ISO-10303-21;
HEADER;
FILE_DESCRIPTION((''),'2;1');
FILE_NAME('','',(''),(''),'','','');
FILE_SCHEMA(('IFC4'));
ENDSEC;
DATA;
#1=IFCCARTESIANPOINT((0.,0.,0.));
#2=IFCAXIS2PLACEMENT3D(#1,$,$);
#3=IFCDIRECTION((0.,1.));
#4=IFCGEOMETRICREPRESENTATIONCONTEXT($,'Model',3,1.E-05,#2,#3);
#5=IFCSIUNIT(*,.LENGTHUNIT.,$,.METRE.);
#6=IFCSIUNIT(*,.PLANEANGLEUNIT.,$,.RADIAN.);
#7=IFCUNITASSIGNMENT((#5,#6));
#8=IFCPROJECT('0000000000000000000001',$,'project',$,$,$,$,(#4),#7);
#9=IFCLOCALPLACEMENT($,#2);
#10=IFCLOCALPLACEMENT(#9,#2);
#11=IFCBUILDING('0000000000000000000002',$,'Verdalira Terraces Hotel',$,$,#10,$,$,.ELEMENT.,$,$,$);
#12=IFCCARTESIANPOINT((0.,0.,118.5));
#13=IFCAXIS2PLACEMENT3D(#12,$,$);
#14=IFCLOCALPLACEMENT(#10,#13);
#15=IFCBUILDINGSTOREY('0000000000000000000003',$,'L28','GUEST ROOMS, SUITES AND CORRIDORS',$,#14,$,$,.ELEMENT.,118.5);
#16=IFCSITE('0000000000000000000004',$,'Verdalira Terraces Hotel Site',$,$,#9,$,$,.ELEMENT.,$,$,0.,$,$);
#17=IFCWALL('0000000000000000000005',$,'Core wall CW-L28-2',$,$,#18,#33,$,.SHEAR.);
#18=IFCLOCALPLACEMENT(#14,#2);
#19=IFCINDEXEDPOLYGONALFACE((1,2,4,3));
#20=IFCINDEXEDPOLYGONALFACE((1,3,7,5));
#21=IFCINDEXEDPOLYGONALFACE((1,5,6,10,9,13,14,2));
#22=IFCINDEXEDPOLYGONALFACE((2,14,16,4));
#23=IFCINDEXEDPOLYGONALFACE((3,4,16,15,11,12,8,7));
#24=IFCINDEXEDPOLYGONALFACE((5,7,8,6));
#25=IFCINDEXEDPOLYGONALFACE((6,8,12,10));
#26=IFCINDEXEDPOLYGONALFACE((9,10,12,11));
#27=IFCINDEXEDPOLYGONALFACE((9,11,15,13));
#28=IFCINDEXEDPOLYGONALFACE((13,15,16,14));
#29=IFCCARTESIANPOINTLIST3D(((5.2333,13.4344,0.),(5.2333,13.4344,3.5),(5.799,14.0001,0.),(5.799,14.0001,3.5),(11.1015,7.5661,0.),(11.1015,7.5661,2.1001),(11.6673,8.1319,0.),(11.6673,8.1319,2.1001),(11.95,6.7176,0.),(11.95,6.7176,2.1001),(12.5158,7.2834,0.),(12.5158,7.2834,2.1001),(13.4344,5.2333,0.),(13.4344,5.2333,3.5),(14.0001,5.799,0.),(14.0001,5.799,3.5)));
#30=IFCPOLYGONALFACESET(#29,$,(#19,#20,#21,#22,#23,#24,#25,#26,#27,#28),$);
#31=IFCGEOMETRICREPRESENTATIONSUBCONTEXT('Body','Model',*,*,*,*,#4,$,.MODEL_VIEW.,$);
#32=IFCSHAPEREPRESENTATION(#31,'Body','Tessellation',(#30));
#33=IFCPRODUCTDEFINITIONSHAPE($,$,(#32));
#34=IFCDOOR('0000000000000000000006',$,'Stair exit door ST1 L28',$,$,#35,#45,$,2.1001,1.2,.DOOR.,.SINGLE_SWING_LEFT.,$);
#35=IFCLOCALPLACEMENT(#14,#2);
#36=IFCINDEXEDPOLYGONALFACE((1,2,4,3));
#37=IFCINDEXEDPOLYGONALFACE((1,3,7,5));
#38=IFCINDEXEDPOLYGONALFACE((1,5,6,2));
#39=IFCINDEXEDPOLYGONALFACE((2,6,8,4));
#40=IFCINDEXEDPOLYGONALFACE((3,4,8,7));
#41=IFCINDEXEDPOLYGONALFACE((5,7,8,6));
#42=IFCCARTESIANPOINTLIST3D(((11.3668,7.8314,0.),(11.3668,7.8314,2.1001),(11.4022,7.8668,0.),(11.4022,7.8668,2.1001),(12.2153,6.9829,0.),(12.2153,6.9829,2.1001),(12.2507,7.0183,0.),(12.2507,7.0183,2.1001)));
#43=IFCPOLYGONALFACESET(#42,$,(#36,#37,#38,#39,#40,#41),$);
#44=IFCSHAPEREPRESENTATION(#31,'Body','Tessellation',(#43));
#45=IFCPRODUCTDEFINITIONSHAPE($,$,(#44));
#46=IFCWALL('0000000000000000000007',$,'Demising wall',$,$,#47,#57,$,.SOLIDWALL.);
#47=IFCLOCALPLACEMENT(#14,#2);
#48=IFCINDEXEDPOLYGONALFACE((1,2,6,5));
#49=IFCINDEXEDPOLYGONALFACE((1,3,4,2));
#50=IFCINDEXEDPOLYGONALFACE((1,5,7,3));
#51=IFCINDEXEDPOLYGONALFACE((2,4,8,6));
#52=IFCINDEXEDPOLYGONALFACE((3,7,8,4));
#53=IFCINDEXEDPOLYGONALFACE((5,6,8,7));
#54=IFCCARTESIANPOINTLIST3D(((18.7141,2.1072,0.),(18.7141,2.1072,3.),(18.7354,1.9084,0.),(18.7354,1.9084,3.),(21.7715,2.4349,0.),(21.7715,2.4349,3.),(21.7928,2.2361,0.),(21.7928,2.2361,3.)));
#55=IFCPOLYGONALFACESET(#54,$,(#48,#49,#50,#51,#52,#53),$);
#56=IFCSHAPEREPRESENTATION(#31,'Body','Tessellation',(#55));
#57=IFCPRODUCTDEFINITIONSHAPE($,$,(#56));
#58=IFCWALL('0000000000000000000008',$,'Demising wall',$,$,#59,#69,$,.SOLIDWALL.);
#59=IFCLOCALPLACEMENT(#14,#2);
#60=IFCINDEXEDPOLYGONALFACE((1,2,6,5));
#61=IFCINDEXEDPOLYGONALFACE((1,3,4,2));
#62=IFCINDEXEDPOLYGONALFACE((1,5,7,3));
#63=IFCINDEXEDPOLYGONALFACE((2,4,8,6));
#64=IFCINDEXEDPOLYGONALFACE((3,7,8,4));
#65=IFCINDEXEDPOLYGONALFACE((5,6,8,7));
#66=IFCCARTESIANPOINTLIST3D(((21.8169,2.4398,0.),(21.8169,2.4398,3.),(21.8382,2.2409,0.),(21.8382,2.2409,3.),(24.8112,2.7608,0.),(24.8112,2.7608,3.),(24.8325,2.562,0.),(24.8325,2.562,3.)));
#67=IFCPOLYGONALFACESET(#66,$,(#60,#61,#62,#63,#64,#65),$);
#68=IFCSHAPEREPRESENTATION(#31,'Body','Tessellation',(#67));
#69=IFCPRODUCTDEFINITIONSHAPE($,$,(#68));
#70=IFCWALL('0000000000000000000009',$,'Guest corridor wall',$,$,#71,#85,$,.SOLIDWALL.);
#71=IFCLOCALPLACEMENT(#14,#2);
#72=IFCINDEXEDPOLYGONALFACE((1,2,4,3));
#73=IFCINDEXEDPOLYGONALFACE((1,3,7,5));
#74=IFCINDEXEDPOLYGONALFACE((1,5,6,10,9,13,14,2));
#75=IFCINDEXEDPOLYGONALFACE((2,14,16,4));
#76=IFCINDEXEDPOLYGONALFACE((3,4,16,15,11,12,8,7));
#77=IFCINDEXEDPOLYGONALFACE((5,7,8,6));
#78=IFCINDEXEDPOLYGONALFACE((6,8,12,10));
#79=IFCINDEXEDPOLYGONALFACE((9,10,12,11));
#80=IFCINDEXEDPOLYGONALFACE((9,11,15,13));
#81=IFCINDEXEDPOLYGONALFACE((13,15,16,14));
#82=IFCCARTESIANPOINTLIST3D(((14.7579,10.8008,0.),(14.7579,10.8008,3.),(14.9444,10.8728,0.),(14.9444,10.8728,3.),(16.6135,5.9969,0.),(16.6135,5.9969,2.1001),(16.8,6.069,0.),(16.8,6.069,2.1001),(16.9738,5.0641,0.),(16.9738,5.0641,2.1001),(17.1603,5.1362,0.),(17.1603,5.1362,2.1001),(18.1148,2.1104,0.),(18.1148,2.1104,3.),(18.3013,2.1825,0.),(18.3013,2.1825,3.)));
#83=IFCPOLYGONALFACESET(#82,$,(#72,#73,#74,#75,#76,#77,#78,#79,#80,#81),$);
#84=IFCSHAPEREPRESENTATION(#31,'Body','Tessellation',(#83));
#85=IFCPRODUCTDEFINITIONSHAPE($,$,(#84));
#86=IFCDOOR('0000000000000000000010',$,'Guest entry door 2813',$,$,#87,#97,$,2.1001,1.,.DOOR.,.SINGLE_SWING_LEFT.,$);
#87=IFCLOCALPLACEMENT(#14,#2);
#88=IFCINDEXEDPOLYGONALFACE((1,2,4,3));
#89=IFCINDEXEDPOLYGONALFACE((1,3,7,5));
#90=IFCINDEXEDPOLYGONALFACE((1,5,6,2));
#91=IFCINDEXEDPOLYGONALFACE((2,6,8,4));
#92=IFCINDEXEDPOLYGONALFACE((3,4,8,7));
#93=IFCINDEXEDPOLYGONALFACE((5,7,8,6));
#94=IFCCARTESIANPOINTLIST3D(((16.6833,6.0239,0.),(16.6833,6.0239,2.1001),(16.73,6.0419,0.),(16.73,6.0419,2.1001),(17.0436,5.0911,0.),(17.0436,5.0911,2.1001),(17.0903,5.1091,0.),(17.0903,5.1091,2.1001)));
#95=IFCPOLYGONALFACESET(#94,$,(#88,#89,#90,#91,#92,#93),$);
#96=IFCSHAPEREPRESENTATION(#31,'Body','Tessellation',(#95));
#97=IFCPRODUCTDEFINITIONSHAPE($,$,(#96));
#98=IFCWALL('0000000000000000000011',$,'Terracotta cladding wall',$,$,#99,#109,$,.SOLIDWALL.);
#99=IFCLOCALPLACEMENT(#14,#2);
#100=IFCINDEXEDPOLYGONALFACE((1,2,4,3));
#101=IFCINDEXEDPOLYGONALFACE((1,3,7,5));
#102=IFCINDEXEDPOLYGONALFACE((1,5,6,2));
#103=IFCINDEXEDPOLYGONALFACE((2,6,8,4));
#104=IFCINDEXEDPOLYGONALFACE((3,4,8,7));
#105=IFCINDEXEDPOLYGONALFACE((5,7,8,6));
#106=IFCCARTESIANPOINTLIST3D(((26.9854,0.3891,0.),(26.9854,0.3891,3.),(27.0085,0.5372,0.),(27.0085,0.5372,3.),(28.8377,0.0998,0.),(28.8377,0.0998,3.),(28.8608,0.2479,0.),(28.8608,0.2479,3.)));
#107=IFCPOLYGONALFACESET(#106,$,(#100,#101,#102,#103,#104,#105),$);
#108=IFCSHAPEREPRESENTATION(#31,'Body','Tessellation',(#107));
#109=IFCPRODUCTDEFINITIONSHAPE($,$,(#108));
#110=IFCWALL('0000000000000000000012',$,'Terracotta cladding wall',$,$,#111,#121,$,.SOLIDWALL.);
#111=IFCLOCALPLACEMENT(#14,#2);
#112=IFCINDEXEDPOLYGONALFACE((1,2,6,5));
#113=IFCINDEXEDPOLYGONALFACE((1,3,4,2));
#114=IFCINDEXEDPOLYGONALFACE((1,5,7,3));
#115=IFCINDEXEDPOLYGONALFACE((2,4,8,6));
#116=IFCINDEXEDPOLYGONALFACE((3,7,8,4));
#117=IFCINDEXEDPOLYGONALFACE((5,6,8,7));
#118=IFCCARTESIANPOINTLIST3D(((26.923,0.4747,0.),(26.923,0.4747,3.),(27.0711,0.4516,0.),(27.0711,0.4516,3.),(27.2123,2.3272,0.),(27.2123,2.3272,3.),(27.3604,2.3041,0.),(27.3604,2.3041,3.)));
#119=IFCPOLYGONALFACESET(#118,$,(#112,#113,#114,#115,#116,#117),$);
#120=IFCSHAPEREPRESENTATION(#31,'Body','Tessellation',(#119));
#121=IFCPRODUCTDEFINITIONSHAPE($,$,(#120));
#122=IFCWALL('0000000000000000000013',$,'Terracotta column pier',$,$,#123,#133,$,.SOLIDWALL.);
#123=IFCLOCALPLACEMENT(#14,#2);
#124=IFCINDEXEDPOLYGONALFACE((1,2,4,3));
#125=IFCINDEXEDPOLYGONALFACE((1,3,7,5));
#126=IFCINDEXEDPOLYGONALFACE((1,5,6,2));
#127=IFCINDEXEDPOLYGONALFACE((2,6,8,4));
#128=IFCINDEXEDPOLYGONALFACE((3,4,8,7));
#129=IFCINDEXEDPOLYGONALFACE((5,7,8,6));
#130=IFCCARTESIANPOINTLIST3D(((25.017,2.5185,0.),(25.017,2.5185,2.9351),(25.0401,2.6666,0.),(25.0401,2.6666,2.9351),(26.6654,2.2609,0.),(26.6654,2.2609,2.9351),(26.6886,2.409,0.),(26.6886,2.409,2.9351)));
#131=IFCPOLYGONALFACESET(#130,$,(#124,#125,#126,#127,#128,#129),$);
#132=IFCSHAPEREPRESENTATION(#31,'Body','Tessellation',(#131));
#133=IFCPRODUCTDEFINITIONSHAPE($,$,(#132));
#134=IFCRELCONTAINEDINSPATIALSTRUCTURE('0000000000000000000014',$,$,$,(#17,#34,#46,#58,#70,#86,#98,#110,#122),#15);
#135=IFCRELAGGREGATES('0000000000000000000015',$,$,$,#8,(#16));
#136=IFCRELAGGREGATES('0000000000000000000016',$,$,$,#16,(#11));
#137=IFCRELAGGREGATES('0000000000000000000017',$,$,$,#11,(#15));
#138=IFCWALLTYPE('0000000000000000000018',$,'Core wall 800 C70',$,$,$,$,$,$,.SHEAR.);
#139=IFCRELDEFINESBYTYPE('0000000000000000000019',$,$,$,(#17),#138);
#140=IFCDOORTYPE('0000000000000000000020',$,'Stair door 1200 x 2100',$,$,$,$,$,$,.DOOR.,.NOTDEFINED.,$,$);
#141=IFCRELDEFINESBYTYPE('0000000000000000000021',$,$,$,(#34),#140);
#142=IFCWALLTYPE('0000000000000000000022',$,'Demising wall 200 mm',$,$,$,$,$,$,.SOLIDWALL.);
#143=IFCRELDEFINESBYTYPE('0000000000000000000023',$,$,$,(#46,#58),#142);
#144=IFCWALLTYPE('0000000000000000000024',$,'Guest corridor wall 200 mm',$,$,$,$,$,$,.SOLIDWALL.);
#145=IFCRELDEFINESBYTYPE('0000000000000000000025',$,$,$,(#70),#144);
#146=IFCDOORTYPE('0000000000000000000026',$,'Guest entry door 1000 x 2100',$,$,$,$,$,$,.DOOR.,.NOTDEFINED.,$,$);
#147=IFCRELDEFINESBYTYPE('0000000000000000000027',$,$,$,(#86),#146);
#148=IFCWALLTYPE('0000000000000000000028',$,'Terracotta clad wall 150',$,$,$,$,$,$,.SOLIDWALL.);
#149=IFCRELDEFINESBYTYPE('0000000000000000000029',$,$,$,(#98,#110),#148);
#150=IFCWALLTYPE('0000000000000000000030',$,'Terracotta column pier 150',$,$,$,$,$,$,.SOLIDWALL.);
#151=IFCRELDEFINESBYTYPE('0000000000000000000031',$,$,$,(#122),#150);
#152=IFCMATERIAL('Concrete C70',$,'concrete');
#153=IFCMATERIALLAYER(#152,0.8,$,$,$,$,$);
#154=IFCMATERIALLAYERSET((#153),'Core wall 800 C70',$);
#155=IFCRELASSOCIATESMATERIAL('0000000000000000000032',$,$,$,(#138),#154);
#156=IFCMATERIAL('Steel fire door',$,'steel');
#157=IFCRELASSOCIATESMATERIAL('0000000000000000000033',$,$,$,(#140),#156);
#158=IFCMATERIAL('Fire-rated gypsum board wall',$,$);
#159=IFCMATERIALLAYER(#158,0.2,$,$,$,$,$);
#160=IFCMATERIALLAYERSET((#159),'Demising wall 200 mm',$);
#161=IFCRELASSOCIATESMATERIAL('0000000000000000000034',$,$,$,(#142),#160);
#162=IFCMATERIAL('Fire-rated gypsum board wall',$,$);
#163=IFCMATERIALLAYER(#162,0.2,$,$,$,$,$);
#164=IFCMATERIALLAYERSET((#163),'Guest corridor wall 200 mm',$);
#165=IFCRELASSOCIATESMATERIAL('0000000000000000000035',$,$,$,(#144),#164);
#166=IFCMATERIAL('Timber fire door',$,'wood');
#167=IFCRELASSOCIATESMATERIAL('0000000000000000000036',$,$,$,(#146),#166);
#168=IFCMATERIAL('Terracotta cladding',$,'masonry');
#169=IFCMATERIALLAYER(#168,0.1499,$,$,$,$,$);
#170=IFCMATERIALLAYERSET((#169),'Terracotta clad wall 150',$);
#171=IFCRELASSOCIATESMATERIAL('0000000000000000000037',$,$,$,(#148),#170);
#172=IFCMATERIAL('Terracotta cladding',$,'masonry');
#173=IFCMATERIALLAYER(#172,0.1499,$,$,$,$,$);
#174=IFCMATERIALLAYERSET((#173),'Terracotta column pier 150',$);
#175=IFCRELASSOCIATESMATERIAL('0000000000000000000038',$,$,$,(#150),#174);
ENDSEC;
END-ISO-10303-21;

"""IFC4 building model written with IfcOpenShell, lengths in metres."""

from ifc_helpers import new_model, si_unit, direction, frame, frame_2d, origin, place, context, subcontext, project, spatial, rectangle, extrude, material, layer, layer_set, type_object, element, fill, save


model = new_model("IFC4")

# Units and contexts
model_context = context("Model", 3, precision=1e-05, world=origin(), true_north=direction((0.0, 1.0)))
body_context = subcontext(model_context, "Body", "Model", "MODEL_VIEW")
ifc_project = project(units=[si_unit("LENGTHUNIT", "METRE"), si_unit("PLANEANGLEUNIT", "RADIAN")], contexts=[model_context])

# Site, building, storey
site_placement = place(None, origin())
site = spatial("IfcSite", under=ifc_project, at=site_placement, Name="Verdalira Terraces Hotel Site", CompositionType="ELEMENT", RefElevation=0.0)
building_placement = place(site_placement, origin())
building = spatial("IfcBuilding", under=site, at=building_placement, Name="Verdalira Terraces Hotel", CompositionType="ELEMENT")
storey_placement = place(building_placement, frame((0.0, 0.0, 118.5)))
storey = spatial("IfcBuildingStorey", under=building, at=storey_placement, Name="L28", Description="GUEST ROOMS, SUITES AND CORRIDORS", CompositionType="ELEMENT", Elevation=118.5)

# Wall, opening, door
ifc_material_1 = material(Name="Concrete C70", Category="concrete")
ifc_layer_1 = layer(ifc_material_1, 0.8)
ifc_layer_set_1 = layer_set([ifc_layer_1], Name="Core wall 800 C70")
wall_type_1 = type_object("IfcWallType", Name="Core wall 800 C70", PredefinedType="SHEAR", material=ifc_layer_set_1)
wall_1_placement = place(storey_placement, frame((13.7173, 5.5161, 0.0), z_axis=(0.0, 0.0, 1.0), x_axis=(-0.707107, 0.707107, 0.0)))
wall_1 = element("IfcWall", 1, at=wall_1_placement, inside=storey, type_object=wall_type_1, Name="Core wall CW-L28-2", PredefinedType="SHEAR", context=body_context, shape_type="SweptSolid", body=[
    extrude(rectangle(XDim=11.5981, YDim=0.8, at=frame_2d((5.7991, 0.0))), origin(), (0.0, 0.0, 1.0), 3.5),
])
opening_1_placement = place(wall_1_placement, frame((2.0991, 0.0, 0.0)))
opening_1 = element("IfcOpeningElement", 2, at=opening_1_placement, cuts=wall_1, PredefinedType="OPENING", context=body_context, shape_type="SweptSolid", body=[
    extrude(rectangle(XDim=1.2, YDim=2.1001, at=frame_2d((0.6001, 1.05))), frame((0.0, 0.4099, 0.0), z_axis=(0.0, -1.0, 0.0), x_axis=(1.0, 0.0, 0.0)), (0.0, 0.0, 1.0), 0.8201),
])
ifc_material_2 = material(Name="Steel fire door", Category="steel")
door_type_1 = type_object("IfcDoorType", Name="Stair door 1200 x 2100", OperationType="NOTDEFINED", PredefinedType="DOOR", material=ifc_material_2)
door_1_placement = place(opening_1_placement, origin())
door_1 = element("IfcDoor", 3, at=door_1_placement, inside=storey, type_object=door_type_1, Name="Stair exit door ST1 L28", OperationType="SINGLE_SWING_LEFT", OverallHeight=2.1001, OverallWidth=1.2, PredefinedType="DOOR", context=body_context, shape_type="SweptSolid", body=[
    extrude(rectangle(XDim=1.2, YDim=2.1001, at=frame_2d((0.6001, 1.05))), frame((0.0, 0.0249, 0.0), z_axis=(0.0, -1.0, 0.0), x_axis=(1.0, 0.0, 0.0)), (0.0, 0.0, 1.0), 0.05),
])
fill(opening_1, door_1)

# Walls
ifc_material_3 = material(Name="Fire-rated gypsum board wall")
ifc_layer_2 = layer(ifc_material_3, 0.2)
ifc_layer_set_2 = layer_set([ifc_layer_2], Name="Demising wall 200 mm")
wall_type_2 = type_object("IfcWallType", Name="Demising wall 200 mm", PredefinedType="SOLIDWALL", material=ifc_layer_set_2)
wall_2_placement = place(storey_placement, frame((18.7246, 2.0078, 0.0), z_axis=(0.0, 0.0, 1.0), x_axis=(0.994307, 0.106553, 0.0)))
element("IfcWall", 4, at=wall_2_placement, inside=storey, type_object=wall_type_2, Name="Demising wall", PredefinedType="SOLIDWALL", context=body_context, shape_type="SweptSolid", body=[
    extrude(rectangle(XDim=3.075, YDim=0.2, at=frame_2d((1.5376, 0.0))), origin(), (0.0, 0.0, 1.0), 3.0),
])
wall_3_placement = place(storey_placement, frame((21.8274, 2.3403, 0.0), z_axis=(0.0, 0.0, 1.0), x_axis=(0.994301, 0.106605, 0.0)))
element("IfcWall", 5, at=wall_3_placement, inside=storey, type_object=wall_type_2, Name="Demising wall", PredefinedType="SOLIDWALL", context=body_context, shape_type="SweptSolid", body=[
    extrude(rectangle(XDim=3.0115, YDim=0.2, at=frame_2d((1.5059, 0.0))), origin(), (0.0, 0.0, 1.0), 3.0),
])

# Wall, opening, door
ifc_material_4 = material(Name="Fire-rated gypsum board wall")
ifc_layer_3 = layer(ifc_material_4, 0.2)
ifc_layer_set_3 = layer_set([ifc_layer_3], Name="Guest corridor wall 200 mm")
wall_type_3 = type_object("IfcWallType", Name="Guest corridor wall 200 mm", PredefinedType="SOLIDWALL", material=ifc_layer_set_3)
wall_4_placement = place(storey_placement, frame((14.8511, 10.8369, 0.0), z_axis=(0.0, 0.0, 1.0), x_axis=(0.360331, -0.932825, 0.0)))
wall_4 = element("IfcWall", 6, at=wall_4_placement, inside=storey, type_object=wall_type_3, Name="Guest corridor wall", PredefinedType="SOLIDWALL", context=body_context, shape_type="SweptSolid", body=[
    extrude(rectangle(XDim=9.3162, YDim=0.2, at=frame_2d((4.6582, 0.0))), origin(), (0.0, 0.0, 1.0), 3.0),
])
opening_2_placement = place(wall_4_placement, frame((5.1499, 0.0, 0.0)))
opening_2 = element("IfcOpeningElement", 7, at=opening_2_placement, cuts=wall_4, PredefinedType="OPENING", context=body_context, shape_type="SweptSolid", body=[
    extrude(rectangle(XDim=1.0, YDim=2.1001, at=frame_2d((0.5, 1.05))), frame((0.0, 0.1099, 0.0), z_axis=(0.0, -1.0, 0.0), x_axis=(1.0, 0.0, 0.0)), (0.0, 0.0, 1.0), 0.22),
])
ifc_material_5 = material(Name="Timber fire door", Category="wood")
door_type_2 = type_object("IfcDoorType", Name="Guest entry door 1000 x 2100", OperationType="NOTDEFINED", PredefinedType="DOOR", material=ifc_material_5)
door_2_placement = place(opening_2_placement, origin())
door_2 = element("IfcDoor", 8, at=door_2_placement, inside=storey, type_object=door_type_2, Name="Guest entry door 2813", OperationType="SINGLE_SWING_LEFT", OverallHeight=2.1001, OverallWidth=1.0, PredefinedType="DOOR", context=body_context, shape_type="SweptSolid", body=[
    extrude(rectangle(XDim=1.0, YDim=2.1001, at=frame_2d((0.5, 1.05))), frame((0.0, 0.0249, 0.0), z_axis=(0.0, -1.0, 0.0), x_axis=(1.0, 0.0, 0.0)), (0.0, 0.0, 1.0), 0.05),
])
fill(opening_2, door_2)

# Walls
ifc_material_6 = material(Name="Terracotta cladding", Category="masonry")
ifc_layer_4 = layer(ifc_material_6, 0.1499)
ifc_layer_set_4 = layer_set([ifc_layer_4], Name="Terracotta clad wall 150")
wall_type_4 = type_object("IfcWallType", Name="Terracotta clad wall 150", PredefinedType="SOLIDWALL", material=ifc_layer_set_4)
wall_5_placement = place(storey_placement, frame((28.8494, 0.1738, 0.0), z_axis=(0.0, 0.0, 1.0), x_axis=(-0.988021, 0.154317, 0.0)))
element("IfcWall", 9, at=wall_5_placement, inside=storey, type_object=wall_type_4, Name="Terracotta cladding wall", PredefinedType="SOLIDWALL", context=body_context, shape_type="SweptSolid", body=[
    extrude(rectangle(XDim=1.8748, YDim=0.1499, at=frame_2d((0.9375, 0.0))), origin(), (0.0, 0.0, 1.0), 3.0),
])
wall_6_placement = place(storey_placement, frame((26.9971, 0.4631, 0.0), z_axis=(0.0, 0.0, 1.0), x_axis=(0.154297, 0.988024, 0.0)))
element("IfcWall", 10, at=wall_6_placement, inside=storey, type_object=wall_type_4, Name="Terracotta cladding wall", PredefinedType="SOLIDWALL", context=body_context, shape_type="SweptSolid", body=[
    extrude(rectangle(XDim=1.875, YDim=0.1499, at=frame_2d((0.9375, 0.0))), origin(), (0.0, 0.0, 1.0), 3.0),
])
ifc_material_7 = material(Name="Terracotta cladding", Category="masonry")
ifc_layer_5 = layer(ifc_material_7, 0.1499)
ifc_layer_set_5 = layer_set([ifc_layer_5], Name="Terracotta column pier 150")
wall_type_5 = type_object("IfcWallType", Name="Terracotta column pier 150", PredefinedType="SOLIDWALL", material=ifc_layer_set_5)
wall_7_placement = place(storey_placement, frame((26.677, 2.335, 0.0), z_axis=(0.0, 0.0, 1.0), x_axis=(-0.988012, 0.154377, 0.0)))
element("IfcWall", 11, at=wall_7_placement, inside=storey, type_object=wall_type_5, Name="Terracotta column pier", PredefinedType="SOLIDWALL", context=body_context, shape_type="SweptSolid", body=[
    extrude(rectangle(XDim=1.6685, YDim=0.1499, at=frame_2d((0.8342, 0.0))), origin(), (0.0, 0.0, 1.0), 2.9351),
])

save(model, "model.ifc")
